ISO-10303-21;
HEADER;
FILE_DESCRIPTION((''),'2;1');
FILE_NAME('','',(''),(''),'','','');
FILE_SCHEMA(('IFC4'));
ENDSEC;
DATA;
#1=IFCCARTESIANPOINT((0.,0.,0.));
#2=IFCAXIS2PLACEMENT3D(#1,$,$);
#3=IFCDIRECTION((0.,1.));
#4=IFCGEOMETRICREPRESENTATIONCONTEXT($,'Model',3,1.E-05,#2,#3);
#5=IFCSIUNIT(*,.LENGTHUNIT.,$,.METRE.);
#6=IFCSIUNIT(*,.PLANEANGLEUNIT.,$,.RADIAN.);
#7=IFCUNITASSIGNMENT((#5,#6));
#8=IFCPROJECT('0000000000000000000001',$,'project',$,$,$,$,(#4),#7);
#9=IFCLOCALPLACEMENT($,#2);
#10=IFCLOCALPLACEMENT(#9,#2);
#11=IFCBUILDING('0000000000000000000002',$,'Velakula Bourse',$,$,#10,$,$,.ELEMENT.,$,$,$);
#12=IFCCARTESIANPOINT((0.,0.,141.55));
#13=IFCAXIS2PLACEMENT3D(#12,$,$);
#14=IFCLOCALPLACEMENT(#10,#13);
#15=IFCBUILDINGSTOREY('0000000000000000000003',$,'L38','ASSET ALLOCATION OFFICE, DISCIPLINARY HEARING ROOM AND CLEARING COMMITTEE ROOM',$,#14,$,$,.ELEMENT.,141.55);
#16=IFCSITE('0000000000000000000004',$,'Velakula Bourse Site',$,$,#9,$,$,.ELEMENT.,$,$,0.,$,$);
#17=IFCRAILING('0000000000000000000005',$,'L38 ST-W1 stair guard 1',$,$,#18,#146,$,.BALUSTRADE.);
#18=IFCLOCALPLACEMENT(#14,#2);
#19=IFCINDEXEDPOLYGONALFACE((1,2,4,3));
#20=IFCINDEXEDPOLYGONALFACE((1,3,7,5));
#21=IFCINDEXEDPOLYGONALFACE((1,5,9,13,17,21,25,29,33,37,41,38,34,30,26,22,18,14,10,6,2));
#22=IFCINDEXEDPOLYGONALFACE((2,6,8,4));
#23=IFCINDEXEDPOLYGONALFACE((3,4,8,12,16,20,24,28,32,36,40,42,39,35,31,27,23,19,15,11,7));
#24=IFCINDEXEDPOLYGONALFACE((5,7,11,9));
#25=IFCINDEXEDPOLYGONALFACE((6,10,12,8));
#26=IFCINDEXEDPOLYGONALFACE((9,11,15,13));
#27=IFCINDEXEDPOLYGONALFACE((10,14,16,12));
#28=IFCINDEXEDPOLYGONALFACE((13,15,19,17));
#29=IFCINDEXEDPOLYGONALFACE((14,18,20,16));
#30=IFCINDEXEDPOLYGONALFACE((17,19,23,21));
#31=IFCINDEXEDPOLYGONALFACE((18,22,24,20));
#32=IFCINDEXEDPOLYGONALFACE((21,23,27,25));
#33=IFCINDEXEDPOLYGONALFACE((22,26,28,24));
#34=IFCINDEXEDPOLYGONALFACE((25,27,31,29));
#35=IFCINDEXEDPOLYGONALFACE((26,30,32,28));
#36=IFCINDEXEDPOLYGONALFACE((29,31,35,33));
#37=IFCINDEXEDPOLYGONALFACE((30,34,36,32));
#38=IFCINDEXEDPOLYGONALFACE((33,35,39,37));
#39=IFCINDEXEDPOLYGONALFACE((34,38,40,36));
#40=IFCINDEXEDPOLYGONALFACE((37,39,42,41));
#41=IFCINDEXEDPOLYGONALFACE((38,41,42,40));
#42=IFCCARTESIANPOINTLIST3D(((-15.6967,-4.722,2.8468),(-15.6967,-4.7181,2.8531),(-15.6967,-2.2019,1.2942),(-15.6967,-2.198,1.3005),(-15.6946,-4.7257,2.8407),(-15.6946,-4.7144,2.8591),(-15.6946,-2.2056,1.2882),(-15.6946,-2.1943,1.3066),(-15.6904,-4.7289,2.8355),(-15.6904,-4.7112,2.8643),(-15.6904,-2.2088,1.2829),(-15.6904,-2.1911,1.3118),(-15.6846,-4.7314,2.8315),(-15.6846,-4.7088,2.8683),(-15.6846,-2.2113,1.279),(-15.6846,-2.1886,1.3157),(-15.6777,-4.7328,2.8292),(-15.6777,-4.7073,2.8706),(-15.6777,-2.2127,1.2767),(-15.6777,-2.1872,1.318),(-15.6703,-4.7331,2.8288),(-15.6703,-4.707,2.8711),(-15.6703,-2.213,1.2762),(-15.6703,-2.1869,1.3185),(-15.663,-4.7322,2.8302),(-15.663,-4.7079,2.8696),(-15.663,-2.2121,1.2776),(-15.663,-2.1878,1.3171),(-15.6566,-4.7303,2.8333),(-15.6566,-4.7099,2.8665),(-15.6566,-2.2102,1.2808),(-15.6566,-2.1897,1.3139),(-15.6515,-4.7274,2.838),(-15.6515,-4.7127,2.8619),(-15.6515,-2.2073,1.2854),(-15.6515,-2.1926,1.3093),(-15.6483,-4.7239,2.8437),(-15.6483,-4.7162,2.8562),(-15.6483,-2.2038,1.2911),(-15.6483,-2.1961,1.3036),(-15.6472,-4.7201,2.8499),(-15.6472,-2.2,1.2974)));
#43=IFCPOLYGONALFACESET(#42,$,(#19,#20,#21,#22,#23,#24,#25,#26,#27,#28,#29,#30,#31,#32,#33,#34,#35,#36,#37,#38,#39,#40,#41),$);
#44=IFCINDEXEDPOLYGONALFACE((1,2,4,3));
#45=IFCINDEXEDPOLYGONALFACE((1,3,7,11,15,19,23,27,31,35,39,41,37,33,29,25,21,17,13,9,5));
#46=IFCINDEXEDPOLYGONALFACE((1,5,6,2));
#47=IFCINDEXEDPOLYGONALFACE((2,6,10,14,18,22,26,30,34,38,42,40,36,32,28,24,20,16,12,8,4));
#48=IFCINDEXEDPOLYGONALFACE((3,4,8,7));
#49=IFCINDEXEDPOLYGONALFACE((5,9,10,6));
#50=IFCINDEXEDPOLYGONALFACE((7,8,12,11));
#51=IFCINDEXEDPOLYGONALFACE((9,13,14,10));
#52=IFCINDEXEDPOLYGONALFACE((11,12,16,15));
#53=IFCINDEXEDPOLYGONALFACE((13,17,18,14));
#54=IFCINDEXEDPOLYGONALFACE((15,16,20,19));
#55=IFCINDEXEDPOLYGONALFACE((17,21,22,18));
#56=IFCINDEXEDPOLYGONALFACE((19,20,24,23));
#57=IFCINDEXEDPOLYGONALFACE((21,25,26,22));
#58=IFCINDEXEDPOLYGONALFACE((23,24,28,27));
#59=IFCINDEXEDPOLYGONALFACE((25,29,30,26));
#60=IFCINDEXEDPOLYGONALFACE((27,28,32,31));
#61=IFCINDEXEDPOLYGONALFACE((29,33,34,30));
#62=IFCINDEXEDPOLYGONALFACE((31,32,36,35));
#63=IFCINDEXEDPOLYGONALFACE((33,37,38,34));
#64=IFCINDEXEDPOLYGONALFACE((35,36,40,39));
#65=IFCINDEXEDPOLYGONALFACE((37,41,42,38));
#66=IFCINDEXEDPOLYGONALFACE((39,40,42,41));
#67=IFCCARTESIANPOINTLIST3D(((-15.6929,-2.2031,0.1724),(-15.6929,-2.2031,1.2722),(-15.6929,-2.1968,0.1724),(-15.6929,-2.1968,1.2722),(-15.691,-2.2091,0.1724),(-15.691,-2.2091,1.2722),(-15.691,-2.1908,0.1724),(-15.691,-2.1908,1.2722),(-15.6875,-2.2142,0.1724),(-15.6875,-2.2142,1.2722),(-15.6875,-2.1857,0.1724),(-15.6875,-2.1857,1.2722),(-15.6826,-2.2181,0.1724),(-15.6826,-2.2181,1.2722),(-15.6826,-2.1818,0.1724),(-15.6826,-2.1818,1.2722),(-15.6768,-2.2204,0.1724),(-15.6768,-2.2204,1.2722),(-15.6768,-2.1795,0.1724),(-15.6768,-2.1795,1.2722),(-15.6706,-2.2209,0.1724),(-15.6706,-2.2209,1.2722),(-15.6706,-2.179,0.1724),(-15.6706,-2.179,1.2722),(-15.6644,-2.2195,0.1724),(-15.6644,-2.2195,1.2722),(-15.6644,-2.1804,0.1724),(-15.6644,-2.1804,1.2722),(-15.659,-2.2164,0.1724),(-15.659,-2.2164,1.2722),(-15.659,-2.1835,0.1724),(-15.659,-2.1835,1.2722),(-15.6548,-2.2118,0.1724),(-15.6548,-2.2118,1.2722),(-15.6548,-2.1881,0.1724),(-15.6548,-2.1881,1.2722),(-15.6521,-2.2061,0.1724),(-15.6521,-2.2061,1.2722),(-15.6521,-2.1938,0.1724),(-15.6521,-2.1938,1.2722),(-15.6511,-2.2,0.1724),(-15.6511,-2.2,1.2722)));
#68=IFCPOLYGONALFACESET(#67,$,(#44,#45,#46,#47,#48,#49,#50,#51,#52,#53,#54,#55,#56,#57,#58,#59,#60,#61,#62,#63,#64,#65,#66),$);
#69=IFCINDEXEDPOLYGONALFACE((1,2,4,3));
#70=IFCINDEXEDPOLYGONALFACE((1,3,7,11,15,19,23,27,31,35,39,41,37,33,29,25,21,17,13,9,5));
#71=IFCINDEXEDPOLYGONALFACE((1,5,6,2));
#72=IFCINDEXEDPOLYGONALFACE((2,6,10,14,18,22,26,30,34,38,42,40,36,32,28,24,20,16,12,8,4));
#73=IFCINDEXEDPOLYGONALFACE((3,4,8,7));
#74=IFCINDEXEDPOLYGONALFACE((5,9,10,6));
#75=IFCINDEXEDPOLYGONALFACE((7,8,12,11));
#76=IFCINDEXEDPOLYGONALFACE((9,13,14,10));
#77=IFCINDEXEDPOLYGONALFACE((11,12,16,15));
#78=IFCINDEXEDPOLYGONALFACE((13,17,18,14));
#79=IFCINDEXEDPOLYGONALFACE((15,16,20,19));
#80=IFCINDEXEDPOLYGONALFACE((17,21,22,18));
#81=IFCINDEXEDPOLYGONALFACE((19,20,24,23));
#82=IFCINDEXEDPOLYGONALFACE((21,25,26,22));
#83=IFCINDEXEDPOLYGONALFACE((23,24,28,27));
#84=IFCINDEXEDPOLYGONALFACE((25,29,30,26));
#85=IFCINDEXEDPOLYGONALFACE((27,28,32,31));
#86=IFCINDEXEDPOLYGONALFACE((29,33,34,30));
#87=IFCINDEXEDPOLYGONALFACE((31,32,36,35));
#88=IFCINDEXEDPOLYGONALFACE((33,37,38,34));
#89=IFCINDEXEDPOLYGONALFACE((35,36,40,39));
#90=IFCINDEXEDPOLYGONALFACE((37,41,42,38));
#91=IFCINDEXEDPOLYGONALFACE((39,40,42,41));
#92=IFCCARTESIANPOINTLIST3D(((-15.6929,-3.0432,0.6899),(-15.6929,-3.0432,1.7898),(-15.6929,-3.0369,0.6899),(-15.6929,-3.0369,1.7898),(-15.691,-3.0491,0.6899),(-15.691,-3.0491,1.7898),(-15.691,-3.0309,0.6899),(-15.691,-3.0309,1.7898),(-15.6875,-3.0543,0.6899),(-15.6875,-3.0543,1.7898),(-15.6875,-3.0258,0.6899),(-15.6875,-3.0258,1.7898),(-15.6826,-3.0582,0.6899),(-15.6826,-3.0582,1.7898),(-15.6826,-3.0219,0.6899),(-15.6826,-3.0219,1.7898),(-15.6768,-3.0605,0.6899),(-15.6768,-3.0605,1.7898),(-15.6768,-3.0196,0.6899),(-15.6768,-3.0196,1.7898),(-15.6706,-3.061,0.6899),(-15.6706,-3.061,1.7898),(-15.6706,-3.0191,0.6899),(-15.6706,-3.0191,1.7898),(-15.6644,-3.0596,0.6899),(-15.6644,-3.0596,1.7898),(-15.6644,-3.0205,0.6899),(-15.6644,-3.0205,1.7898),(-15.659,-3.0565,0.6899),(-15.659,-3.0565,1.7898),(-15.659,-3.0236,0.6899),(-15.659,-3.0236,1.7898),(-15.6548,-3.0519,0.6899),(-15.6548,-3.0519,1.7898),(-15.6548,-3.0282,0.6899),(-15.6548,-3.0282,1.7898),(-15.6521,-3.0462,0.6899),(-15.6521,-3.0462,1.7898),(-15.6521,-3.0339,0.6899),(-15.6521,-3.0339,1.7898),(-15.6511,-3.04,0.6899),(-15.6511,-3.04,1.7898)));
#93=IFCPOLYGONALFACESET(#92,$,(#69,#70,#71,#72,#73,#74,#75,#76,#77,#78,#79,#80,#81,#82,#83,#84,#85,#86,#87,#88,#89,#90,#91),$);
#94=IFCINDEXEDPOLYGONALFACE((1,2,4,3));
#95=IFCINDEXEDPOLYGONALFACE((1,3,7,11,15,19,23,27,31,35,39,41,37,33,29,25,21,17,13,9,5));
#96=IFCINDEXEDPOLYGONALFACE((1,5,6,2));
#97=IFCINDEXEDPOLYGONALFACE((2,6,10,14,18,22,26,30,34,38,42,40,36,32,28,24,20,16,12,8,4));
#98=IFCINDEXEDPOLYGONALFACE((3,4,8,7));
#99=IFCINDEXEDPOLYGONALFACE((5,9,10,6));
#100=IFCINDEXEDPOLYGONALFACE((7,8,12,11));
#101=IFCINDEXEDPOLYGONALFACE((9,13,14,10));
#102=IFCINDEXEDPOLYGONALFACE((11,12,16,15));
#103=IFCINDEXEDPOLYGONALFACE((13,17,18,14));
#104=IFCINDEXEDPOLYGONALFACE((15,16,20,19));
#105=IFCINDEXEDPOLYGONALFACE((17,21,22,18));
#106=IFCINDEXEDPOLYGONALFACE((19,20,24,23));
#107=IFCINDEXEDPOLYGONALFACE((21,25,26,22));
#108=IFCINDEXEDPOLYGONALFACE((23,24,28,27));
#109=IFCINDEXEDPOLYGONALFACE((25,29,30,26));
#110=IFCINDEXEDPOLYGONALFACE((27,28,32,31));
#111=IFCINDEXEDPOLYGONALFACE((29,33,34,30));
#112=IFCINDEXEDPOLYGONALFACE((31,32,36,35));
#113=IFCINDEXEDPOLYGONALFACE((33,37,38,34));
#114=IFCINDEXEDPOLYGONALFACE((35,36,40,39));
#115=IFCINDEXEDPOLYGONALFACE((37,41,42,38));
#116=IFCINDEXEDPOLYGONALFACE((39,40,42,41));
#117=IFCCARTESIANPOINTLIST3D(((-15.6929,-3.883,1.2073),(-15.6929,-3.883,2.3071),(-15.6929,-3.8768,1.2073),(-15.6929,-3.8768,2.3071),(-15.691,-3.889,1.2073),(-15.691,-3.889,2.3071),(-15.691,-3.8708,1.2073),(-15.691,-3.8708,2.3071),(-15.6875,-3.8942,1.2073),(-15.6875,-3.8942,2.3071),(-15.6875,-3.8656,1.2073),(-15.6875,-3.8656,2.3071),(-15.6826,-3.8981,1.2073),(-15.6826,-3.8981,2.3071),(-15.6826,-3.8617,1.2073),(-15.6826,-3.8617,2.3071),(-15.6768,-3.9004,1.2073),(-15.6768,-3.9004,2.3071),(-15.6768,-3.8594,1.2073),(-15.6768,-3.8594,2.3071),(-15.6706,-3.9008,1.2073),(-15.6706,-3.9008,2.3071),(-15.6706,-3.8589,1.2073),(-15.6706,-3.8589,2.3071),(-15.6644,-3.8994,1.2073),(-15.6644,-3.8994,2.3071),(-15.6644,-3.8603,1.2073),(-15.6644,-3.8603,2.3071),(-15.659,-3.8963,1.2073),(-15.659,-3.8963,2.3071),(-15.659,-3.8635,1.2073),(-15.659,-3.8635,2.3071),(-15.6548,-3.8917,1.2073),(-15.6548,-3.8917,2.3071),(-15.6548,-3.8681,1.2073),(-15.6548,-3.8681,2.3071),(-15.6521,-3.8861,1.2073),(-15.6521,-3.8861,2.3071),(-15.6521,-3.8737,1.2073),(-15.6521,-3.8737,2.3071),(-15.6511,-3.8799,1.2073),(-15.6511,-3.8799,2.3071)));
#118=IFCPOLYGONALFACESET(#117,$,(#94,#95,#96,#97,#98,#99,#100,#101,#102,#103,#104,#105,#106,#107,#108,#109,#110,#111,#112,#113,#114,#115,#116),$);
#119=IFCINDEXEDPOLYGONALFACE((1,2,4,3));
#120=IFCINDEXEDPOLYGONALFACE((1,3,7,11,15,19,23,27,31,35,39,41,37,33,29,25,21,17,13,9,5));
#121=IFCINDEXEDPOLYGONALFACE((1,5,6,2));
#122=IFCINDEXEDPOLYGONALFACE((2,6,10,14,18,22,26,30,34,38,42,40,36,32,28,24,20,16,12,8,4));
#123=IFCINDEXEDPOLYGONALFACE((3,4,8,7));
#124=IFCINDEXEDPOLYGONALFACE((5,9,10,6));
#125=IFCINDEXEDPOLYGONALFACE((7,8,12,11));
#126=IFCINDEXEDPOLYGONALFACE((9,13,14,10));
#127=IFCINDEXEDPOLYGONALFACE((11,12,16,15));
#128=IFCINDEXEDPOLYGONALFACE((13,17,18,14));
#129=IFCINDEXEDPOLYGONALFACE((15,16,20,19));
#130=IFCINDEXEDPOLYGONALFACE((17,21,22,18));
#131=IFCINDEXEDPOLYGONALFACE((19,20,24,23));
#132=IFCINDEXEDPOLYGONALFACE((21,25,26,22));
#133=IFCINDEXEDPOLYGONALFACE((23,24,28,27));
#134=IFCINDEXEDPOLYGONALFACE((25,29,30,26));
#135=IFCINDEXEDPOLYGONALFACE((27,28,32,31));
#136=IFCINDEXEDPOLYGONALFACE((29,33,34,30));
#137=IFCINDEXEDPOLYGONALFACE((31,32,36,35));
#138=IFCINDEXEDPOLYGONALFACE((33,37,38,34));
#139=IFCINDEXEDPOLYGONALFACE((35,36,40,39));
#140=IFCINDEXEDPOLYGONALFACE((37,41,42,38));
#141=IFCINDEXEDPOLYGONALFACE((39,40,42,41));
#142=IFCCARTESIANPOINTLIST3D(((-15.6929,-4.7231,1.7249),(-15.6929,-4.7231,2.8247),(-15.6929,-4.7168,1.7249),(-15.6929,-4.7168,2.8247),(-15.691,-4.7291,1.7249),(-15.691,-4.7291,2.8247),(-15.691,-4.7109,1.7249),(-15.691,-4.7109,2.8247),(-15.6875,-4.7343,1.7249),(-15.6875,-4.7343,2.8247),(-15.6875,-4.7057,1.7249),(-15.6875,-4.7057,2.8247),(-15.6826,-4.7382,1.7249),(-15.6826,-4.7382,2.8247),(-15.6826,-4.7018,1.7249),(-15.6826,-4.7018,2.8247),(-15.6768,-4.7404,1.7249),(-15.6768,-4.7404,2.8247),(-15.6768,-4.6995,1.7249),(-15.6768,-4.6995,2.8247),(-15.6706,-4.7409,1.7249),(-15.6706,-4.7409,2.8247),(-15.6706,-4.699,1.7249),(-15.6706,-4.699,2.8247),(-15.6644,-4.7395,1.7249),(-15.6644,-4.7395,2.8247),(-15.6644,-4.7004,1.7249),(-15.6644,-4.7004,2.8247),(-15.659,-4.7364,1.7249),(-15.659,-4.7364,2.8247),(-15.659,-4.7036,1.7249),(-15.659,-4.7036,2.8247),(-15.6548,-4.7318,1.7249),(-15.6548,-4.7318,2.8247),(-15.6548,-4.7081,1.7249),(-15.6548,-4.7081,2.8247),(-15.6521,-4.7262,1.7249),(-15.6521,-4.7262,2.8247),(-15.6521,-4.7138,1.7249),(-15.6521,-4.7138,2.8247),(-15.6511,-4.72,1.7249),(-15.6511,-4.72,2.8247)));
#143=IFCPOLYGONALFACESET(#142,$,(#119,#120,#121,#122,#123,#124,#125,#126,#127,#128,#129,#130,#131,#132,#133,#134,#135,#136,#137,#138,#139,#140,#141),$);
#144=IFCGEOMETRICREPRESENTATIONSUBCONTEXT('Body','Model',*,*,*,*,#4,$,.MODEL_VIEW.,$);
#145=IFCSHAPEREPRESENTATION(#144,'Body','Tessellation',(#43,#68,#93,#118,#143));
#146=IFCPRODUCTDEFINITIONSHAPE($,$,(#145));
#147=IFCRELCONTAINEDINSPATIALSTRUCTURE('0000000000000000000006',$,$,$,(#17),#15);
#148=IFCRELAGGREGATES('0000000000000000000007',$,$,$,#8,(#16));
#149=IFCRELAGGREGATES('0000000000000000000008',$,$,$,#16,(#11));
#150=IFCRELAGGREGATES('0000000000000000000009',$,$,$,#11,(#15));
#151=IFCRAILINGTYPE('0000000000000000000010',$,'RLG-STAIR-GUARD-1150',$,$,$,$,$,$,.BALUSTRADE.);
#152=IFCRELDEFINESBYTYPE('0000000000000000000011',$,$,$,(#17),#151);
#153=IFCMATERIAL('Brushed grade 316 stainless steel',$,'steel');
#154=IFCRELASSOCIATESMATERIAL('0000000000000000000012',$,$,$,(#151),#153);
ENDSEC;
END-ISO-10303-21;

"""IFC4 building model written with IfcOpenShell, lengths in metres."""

from ifc_helpers import new_model, si_unit, direction, frame, origin, origin_2d, place, context, subcontext, project, spatial, circle, extrude, material, type_object, element, save


model = new_model("IFC4")

# Units and contexts
model_context = context("Model", 3, precision=1e-05, world=origin(), true_north=direction((0.0, 1.0)))
body_context = subcontext(model_context, "Body", "Model", "MODEL_VIEW")
ifc_project = project(units=[si_unit("LENGTHUNIT", "METRE"), si_unit("PLANEANGLEUNIT", "RADIAN")], contexts=[model_context])

# Site, building, storey
site_placement = place(None, origin())
site = spatial("IfcSite", under=ifc_project, at=site_placement, Name="Velakula Bourse Site", CompositionType="ELEMENT", RefElevation=0.0)
building_placement = place(site_placement, origin())
building = spatial("IfcBuilding", under=site, at=building_placement, Name="Velakula Bourse", CompositionType="ELEMENT")
storey_placement = place(building_placement, frame((0.0, 0.0, 141.55)))
storey = spatial("IfcBuildingStorey", under=building, at=storey_placement, Name="L38", Description="ASSET ALLOCATION OFFICE, DISCIPLINARY HEARING ROOM AND CLEARING COMMITTEE ROOM", CompositionType="ELEMENT", Elevation=141.55)

# Shared definitions
ifc_material_1 = material(Name="Brushed grade 316 stainless steel", Category="steel")

# Railing
railing_type_1 = type_object("IfcRailingType", Name="RLG-STAIR-GUARD-1150", PredefinedType="BALUSTRADE", material=ifc_material_1)
railing_1_placement = place(storey_placement, frame((-15.6721, -2.2, 0.1724)))
element("IfcRailing", 1, at=railing_1_placement, inside=storey, type_object=railing_type_1, Name="L38 ST-W1 stair guard 1", PredefinedType="BALUSTRADE", context=body_context, shape_type="SweptSolid", body=[
    extrude(circle(Radius=0.0249, at=origin_2d()), frame((0.0, 0.0, 1.125), z_axis=(0.0, -0.8514, 0.524516), x_axis=(1.0, 0.0, 0.0)), (0.0, 0.0, 1.0), 2.96),
    extrude(circle(Radius=0.021, at=origin_2d()), origin(), (0.0, 0.0, 1.0), 1.0999),
    extrude(circle(Radius=0.021, at=origin_2d()), frame((0.0, -0.8401, 0.5176)), (0.0, 0.0, 1.0), 1.0999),
    extrude(circle(Radius=0.021, at=origin_2d()), frame((0.0, -1.6799, 1.0349)), (0.0, 0.0, 1.0), 1.0999),
    extrude(circle(Radius=0.021, at=origin_2d()), frame((0.0, -2.52, 1.5525)), (0.0, 0.0, 1.0), 1.0999),
])

save(model, "model.ifc")
